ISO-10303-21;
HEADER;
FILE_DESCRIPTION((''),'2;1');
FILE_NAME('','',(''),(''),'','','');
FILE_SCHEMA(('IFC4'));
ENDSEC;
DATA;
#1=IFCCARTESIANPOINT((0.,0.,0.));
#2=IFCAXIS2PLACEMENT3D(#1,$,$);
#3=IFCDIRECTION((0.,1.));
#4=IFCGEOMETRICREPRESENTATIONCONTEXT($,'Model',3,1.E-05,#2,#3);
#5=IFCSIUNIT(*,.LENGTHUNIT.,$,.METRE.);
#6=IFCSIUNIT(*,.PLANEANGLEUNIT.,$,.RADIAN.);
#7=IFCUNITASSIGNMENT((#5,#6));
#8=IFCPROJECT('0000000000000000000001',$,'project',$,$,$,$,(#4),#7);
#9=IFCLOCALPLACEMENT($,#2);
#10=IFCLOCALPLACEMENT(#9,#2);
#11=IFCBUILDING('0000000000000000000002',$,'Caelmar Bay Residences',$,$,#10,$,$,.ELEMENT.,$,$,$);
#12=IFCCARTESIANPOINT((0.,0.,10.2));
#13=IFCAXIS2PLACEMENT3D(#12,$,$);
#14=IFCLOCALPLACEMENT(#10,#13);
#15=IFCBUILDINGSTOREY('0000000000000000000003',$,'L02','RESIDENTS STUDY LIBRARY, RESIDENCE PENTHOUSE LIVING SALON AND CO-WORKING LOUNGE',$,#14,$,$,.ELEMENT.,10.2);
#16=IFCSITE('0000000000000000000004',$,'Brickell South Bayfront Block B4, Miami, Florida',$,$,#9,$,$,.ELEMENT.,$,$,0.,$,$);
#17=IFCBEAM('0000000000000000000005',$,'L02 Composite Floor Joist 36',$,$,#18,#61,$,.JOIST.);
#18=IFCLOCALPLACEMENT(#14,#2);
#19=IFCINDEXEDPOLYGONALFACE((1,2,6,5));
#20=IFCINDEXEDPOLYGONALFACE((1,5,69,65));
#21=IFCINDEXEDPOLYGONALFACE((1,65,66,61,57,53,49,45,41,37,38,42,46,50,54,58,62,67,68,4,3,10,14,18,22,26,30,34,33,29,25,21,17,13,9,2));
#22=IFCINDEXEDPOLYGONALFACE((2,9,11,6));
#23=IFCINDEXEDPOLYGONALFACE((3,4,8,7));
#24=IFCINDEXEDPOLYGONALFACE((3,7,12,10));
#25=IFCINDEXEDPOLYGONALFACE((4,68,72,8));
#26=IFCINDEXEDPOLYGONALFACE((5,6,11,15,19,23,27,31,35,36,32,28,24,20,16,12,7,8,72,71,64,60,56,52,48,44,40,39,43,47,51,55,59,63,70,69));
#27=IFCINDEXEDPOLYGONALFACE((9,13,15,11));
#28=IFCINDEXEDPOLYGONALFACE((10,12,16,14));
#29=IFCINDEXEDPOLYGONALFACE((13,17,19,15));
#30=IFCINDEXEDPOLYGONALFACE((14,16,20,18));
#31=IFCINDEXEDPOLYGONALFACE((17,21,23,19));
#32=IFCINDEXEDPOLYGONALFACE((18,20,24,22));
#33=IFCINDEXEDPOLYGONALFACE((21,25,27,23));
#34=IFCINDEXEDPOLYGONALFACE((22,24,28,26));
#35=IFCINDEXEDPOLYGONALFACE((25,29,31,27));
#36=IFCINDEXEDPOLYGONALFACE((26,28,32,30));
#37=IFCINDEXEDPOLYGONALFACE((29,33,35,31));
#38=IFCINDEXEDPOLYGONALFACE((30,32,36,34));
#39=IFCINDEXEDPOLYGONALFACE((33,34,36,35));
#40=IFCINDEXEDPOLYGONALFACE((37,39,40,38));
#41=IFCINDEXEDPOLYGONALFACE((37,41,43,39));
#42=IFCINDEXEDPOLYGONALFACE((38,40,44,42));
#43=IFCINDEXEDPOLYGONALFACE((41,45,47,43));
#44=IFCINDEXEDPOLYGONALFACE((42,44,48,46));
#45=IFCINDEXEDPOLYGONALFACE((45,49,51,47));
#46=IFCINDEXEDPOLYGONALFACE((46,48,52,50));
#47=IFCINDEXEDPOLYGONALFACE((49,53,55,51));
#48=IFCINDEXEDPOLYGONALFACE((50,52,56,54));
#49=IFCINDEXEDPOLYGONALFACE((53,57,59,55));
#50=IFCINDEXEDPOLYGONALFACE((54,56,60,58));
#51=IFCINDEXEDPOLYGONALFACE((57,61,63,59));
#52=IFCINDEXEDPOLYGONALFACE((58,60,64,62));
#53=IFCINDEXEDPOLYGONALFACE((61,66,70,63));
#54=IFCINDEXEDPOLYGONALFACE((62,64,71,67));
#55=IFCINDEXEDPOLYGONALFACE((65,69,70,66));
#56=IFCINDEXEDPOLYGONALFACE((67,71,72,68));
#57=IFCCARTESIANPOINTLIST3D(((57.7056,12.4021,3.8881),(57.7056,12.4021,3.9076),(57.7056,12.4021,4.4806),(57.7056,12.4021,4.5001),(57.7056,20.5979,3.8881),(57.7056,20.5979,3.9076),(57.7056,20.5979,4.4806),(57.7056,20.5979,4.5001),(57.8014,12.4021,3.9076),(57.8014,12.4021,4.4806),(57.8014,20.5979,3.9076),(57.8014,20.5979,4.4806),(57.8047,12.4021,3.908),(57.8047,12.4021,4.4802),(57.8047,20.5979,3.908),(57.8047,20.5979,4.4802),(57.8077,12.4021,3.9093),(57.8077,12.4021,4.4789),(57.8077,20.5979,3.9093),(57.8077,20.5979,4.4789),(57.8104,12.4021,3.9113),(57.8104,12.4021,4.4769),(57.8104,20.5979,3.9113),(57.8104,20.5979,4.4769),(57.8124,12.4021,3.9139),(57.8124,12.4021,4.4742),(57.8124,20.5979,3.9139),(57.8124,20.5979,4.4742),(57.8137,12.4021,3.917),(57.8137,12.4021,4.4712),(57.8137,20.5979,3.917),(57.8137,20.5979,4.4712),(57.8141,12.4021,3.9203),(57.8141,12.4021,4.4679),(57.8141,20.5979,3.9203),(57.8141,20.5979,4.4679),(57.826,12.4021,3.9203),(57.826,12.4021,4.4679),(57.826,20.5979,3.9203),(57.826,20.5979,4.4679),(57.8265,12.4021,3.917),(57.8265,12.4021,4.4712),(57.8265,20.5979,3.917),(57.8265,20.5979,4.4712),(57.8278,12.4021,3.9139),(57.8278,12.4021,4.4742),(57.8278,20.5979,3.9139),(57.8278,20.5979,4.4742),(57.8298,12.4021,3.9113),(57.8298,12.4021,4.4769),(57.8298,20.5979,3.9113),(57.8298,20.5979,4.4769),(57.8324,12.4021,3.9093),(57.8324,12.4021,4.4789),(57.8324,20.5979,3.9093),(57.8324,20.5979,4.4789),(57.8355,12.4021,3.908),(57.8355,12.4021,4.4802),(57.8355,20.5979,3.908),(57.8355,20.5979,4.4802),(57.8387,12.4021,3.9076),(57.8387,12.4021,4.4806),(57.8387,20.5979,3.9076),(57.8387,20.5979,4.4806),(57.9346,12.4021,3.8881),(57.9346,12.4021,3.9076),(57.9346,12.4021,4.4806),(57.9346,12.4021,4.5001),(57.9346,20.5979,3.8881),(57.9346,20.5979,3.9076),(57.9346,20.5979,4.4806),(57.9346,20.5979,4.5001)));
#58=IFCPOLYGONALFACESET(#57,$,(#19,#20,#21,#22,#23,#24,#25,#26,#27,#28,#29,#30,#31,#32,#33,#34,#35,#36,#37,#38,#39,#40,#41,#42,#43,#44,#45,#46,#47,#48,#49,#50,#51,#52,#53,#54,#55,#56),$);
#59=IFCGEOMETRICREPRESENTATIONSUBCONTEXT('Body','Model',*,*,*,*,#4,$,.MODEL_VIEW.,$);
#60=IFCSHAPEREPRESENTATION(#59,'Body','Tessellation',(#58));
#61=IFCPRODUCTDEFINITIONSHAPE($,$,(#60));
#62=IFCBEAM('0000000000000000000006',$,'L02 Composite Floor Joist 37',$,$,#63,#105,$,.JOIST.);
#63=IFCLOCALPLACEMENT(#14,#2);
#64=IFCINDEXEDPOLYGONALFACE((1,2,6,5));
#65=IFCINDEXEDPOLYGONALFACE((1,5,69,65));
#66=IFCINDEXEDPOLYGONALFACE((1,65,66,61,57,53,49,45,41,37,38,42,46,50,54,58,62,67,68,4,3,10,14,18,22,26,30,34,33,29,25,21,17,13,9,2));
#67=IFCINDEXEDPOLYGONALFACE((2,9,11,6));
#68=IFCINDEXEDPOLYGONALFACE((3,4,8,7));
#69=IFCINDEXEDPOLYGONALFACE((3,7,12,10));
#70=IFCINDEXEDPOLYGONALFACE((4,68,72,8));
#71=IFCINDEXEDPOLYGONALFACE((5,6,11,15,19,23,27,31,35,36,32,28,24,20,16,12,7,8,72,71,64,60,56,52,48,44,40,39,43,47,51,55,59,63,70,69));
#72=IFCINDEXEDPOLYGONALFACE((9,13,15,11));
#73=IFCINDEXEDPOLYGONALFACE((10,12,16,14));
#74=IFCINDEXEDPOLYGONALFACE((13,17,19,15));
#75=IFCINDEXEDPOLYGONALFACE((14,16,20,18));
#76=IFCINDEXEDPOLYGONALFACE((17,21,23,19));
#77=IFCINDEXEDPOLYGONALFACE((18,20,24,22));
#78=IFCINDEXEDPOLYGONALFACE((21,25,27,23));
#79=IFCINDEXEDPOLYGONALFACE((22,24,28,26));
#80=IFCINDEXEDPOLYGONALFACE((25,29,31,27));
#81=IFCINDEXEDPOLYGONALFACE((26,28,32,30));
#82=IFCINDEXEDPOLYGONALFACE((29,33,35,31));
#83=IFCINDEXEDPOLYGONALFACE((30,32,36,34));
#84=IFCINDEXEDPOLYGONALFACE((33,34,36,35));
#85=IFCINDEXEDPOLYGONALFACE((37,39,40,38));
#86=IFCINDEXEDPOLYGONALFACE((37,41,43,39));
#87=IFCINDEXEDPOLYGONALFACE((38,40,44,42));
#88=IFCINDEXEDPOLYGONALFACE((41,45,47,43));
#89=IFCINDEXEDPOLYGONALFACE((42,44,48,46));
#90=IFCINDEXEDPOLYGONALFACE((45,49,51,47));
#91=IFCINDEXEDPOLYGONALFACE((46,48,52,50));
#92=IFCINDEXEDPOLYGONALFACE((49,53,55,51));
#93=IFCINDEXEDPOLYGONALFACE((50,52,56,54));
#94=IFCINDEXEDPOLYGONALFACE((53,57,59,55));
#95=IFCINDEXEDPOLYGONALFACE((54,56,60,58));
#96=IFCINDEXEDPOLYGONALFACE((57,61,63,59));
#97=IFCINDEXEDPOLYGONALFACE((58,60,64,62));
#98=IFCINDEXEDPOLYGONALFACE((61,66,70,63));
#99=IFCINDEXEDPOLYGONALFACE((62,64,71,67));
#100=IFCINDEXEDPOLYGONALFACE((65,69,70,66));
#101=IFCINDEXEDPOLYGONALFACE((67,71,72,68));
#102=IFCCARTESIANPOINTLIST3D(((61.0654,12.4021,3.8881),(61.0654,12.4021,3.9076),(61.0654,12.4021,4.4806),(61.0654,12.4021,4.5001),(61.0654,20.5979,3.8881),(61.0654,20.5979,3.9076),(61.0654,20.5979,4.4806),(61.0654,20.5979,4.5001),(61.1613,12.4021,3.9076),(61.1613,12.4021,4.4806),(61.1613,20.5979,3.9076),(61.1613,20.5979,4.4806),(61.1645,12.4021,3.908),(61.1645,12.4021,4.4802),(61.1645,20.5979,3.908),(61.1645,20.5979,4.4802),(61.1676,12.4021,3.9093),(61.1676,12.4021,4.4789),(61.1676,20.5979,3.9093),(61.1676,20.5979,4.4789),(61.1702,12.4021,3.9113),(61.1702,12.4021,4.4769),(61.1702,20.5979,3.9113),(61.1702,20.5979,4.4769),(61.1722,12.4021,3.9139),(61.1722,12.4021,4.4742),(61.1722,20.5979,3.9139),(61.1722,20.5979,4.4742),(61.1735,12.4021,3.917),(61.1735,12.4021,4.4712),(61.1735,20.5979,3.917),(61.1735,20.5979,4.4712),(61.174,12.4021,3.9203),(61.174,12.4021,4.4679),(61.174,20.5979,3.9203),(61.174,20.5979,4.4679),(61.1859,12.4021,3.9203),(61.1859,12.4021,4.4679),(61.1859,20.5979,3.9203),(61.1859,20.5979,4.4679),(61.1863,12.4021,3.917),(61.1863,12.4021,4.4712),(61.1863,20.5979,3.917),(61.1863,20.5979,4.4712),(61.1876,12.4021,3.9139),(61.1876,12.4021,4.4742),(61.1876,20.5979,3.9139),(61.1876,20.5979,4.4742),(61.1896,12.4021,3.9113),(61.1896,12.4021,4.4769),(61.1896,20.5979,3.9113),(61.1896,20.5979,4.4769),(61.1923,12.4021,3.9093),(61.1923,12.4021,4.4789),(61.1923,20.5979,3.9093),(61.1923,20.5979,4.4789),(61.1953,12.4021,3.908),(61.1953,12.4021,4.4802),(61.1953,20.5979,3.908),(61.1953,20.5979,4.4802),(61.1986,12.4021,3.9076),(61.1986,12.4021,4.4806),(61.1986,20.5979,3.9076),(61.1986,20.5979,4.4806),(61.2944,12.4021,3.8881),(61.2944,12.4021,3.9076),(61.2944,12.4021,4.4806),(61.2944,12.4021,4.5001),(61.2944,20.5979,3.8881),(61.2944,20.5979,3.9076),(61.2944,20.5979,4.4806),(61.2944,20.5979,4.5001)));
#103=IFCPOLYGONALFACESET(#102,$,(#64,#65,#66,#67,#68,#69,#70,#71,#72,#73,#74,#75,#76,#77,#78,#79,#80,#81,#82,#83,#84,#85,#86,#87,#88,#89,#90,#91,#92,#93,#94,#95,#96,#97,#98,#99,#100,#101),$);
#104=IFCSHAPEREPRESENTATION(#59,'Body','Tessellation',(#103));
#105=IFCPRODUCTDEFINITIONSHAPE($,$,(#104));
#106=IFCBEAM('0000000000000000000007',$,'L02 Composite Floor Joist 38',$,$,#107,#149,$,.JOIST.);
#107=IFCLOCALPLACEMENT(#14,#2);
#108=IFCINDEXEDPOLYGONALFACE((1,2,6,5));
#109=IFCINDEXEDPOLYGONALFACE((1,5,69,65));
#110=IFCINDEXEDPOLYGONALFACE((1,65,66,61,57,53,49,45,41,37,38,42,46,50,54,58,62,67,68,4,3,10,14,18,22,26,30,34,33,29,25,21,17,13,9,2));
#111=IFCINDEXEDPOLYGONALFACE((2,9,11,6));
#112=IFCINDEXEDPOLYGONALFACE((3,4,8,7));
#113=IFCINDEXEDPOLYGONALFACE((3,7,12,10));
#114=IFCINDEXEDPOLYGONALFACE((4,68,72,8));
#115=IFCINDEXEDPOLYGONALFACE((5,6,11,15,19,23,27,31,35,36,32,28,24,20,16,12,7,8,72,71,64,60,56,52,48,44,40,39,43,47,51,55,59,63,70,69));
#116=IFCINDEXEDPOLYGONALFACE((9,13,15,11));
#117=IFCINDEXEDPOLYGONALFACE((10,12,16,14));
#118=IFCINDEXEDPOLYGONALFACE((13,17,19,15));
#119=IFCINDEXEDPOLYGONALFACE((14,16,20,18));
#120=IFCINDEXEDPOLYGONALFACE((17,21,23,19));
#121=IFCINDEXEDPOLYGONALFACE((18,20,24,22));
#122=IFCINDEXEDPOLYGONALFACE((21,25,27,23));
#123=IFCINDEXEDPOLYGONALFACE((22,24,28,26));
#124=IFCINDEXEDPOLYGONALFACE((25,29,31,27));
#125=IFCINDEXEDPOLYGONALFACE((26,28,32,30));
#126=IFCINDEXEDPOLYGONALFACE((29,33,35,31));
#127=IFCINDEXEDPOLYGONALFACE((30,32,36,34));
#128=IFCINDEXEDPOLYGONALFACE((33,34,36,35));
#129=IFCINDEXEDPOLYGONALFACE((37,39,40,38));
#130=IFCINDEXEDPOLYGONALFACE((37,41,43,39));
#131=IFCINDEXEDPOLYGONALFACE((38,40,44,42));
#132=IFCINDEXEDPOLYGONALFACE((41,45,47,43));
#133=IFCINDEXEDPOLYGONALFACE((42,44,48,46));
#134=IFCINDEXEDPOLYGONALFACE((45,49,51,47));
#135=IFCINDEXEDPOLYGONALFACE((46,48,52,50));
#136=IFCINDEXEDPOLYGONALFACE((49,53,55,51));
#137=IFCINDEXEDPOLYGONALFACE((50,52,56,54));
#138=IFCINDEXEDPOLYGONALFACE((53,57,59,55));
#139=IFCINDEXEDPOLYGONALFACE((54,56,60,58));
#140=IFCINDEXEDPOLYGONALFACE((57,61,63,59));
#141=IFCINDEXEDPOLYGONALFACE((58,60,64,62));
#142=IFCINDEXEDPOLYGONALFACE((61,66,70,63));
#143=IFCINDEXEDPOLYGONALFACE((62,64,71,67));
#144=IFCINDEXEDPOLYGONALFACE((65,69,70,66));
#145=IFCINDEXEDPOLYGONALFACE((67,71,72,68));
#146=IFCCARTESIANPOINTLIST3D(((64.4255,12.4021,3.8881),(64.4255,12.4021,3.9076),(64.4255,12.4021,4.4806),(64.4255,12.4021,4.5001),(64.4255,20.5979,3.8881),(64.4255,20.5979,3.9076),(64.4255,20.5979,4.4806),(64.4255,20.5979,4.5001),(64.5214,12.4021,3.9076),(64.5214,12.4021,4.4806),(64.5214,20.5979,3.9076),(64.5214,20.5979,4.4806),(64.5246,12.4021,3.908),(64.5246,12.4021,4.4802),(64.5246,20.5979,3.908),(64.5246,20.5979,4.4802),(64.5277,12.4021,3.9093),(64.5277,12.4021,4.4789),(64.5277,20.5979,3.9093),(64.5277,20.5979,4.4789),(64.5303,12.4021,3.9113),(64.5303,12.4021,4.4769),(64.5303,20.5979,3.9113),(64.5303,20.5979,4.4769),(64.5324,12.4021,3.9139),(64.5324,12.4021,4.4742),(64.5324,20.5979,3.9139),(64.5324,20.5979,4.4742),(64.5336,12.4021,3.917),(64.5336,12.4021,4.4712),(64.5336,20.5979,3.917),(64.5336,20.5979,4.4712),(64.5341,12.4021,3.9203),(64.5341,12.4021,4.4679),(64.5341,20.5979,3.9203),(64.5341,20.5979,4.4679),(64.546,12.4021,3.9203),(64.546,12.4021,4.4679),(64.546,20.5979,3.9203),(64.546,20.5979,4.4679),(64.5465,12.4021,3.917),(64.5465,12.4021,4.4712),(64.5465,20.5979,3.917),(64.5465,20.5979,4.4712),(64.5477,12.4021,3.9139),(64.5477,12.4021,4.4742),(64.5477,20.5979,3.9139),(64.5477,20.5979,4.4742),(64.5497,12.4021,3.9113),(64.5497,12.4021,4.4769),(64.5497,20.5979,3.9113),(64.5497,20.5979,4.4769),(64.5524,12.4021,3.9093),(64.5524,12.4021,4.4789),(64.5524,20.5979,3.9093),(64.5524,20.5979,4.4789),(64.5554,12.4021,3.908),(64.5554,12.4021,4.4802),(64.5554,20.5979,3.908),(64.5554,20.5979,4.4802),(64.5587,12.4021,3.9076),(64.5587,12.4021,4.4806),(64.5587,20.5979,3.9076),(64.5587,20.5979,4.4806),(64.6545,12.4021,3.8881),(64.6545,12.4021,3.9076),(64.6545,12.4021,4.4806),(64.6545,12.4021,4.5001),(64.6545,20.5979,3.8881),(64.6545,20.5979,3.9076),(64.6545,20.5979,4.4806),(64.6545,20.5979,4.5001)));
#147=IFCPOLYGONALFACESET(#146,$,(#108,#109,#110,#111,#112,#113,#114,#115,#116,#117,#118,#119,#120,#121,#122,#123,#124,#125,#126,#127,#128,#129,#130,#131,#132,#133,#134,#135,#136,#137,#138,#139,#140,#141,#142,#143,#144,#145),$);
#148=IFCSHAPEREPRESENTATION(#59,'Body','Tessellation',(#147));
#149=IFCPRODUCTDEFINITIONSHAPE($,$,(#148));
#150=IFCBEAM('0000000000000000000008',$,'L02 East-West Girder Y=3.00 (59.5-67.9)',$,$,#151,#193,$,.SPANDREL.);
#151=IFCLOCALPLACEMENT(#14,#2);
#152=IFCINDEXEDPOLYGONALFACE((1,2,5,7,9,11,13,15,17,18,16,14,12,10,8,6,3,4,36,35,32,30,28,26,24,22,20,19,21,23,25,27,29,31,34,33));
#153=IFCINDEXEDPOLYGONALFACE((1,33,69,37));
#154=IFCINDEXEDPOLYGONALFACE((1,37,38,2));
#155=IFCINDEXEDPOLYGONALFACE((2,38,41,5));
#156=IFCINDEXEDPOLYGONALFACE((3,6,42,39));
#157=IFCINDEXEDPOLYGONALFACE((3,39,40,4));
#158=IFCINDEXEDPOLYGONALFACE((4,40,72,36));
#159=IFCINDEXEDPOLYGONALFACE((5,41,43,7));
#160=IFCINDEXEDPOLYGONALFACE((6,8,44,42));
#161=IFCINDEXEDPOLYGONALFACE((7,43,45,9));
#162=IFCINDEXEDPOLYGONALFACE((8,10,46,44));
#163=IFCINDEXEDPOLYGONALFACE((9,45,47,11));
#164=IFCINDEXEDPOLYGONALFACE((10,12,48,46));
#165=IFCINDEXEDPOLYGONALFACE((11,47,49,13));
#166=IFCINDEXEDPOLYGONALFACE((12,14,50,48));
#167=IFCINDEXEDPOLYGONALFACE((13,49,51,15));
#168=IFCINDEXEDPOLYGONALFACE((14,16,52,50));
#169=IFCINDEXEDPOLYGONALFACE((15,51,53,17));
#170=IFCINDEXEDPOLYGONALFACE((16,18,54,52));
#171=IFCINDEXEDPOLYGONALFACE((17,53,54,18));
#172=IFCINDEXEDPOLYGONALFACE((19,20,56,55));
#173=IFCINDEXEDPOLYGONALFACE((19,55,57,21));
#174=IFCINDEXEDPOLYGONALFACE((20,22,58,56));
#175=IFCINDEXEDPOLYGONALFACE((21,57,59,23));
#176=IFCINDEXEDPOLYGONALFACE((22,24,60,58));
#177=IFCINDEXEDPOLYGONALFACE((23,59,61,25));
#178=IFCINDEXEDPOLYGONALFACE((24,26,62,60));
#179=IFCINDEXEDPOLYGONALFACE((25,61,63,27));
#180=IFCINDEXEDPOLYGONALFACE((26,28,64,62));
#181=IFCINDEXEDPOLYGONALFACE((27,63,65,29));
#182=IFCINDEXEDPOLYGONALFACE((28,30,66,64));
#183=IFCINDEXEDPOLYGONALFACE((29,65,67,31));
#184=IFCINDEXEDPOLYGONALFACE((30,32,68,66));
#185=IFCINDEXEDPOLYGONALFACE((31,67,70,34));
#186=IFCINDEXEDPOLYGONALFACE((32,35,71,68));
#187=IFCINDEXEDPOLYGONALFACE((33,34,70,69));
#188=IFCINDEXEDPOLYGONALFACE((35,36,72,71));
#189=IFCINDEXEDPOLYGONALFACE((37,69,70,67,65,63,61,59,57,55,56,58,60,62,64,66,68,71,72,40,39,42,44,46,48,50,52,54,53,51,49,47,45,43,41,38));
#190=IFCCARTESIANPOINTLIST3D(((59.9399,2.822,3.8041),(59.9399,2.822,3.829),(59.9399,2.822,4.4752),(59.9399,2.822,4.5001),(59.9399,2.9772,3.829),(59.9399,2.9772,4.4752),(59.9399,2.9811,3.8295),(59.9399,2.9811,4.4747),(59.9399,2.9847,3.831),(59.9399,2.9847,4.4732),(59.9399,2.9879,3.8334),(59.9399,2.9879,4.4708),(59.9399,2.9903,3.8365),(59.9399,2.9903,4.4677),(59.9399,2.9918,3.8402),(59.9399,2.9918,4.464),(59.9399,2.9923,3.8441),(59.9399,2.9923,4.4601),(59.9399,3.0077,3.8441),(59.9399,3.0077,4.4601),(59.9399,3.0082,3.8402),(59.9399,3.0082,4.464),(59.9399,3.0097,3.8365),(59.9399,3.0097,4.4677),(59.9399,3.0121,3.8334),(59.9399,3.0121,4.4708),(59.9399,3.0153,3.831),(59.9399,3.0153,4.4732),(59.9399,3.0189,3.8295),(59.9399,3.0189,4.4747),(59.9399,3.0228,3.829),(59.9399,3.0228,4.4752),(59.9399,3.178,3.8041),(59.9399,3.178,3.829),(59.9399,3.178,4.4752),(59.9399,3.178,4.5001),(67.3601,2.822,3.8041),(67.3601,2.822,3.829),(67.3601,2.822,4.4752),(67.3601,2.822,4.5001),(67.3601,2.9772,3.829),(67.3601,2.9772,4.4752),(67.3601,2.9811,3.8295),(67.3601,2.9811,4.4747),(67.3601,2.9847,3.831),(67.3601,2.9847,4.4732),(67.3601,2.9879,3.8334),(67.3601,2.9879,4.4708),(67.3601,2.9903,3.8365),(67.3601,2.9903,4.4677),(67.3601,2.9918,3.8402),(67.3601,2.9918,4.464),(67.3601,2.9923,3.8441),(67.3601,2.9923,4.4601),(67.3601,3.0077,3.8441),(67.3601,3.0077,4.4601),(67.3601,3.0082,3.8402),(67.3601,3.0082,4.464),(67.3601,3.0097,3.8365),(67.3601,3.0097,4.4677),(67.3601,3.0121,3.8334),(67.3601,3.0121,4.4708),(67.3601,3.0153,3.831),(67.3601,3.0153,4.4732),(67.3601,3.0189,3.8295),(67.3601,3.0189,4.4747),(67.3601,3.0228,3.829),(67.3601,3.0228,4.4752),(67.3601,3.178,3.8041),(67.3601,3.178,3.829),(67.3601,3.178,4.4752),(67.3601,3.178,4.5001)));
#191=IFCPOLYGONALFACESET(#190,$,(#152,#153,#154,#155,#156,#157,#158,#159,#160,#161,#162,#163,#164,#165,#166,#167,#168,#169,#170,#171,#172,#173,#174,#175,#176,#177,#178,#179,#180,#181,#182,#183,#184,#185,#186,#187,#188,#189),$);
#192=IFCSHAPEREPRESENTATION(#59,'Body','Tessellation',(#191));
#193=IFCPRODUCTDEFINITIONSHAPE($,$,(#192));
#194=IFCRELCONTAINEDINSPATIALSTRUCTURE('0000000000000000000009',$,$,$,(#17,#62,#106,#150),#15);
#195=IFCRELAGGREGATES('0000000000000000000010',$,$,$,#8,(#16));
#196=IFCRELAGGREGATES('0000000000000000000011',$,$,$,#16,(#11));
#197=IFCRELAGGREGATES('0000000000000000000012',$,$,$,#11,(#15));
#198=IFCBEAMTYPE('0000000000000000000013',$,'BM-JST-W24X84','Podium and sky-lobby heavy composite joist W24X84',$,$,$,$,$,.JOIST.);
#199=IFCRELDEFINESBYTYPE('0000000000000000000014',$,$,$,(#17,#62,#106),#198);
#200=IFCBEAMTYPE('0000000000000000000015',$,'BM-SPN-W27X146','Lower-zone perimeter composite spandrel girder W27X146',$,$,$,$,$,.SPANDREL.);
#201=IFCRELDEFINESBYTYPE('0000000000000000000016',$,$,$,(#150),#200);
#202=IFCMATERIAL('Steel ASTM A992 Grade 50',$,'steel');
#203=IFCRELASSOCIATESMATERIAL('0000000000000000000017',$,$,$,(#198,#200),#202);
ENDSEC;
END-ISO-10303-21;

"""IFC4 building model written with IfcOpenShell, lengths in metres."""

from ifc_helpers import new_model, si_unit, direction, frame, origin, origin_2d, place, context, subcontext, project, spatial, i_section, extrude, material, material_profile, profile_set, type_object, element, save


model = new_model("IFC4")

# Units and contexts
model_context = context("Model", 3, precision=1e-05, world=origin(), true_north=direction((0.0, 1.0)))
body_context = subcontext(model_context, "Body", "Model", "MODEL_VIEW")
ifc_project = project(units=[si_unit("LENGTHUNIT", "METRE"), si_unit("PLANEANGLEUNIT", "RADIAN")], contexts=[model_context])

# Site, building, storey
site_placement = place(None, origin())
site = spatial("IfcSite", under=ifc_project, at=site_placement, Name="Brickell South Bayfront Block B4, Miami, Florida", CompositionType="ELEMENT", RefElevation=0.0)
building_placement = place(site_placement, origin())
building = spatial("IfcBuilding", under=site, at=building_placement, Name="Caelmar Bay Residences", CompositionType="ELEMENT")
storey_placement = place(building_placement, frame((0.0, 0.0, 10.2)))
storey = spatial("IfcBuildingStorey", under=building, at=storey_placement, Name="L02", Description="RESIDENTS STUDY LIBRARY, RESIDENCE PENTHOUSE LIVING SALON AND CO-WORKING LOUNGE", CompositionType="ELEMENT", Elevation=10.2)

# Beams
ifc_material_1 = material(Name="Steel ASTM A992 Grade 50", Category="steel")
ifc_material_profile_1 = material_profile(ifc_material_1, i_section(OverallWidth=0.229, OverallDepth=0.6121, WebThickness=0.012, FlangeThickness=0.0195, FilletRadius=0.0127, at=origin_2d()), Name="W24X84")
ifc_profile_set_1 = profile_set([ifc_material_profile_1], Name="Steel ASTM A992 Grade 50")
beam_type_1 = type_object("IfcBeamType", Name="BM-JST-W24X84", Description="Podium and sky-lobby heavy composite joist W24X84", PredefinedType="JOIST", material=ifc_profile_set_1)
for number, where, z_axis, x_axis, name in (
    (1, (57.8201, 12.4021, 4.1941), (0.0, 1.0, 0.0), (-1.0, 0.0, 0.0), "L02 Composite Floor Joist 36"),
    (2, (61.1799, 12.4021, 4.1941), (0.0, 1.0, 0.0), (-1.0, 0.0, 0.0), "L02 Composite Floor Joist 37"),
    (3, (64.54, 12.4021, 4.1941), (0.0, 1.0, 0.0), (-1.0, 0.0, 0.0), "L02 Composite Floor Joist 38"),
):
    element("IfcBeam", number, at=place(storey_placement, frame(where, z_axis=z_axis, x_axis=x_axis)), inside=storey, type_object=beam_type_1, Name=name, PredefinedType="JOIST", context=body_context, shape_type="SweptSolid", body=[
        extrude(i_section(OverallWidth=0.229, OverallDepth=0.6121, WebThickness=0.012, FlangeThickness=0.0195, FilletRadius=0.0127, at=origin_2d()), origin(), (0.0, 0.0, 1.0), 8.1958),
    ])
ifc_material_profile_2 = material_profile(ifc_material_1, i_section(OverallWidth=0.356, OverallDepth=0.696, WebThickness=0.0154, FlangeThickness=0.0249, FilletRadius=0.0151, at=origin_2d()), Name="W27X146")
ifc_profile_set_2 = profile_set([ifc_material_profile_2], Name="Steel ASTM A992 Grade 50")
beam_type_2 = type_object("IfcBeamType", Name="BM-SPN-W27X146", Description="Lower-zone perimeter composite spandrel girder W27X146", PredefinedType="SPANDREL", material=ifc_profile_set_2)
beam_1_placement = place(storey_placement, frame((59.9399, 3.0, 4.1521), z_axis=(1.0, 0.0, 0.0), x_axis=(0.0, 1.0, 0.0)))
element("IfcBeam", 4, at=beam_1_placement, inside=storey, type_object=beam_type_2, Name="L02 East-West Girder Y=3.00 (59.5-67.9)", PredefinedType="SPANDREL", context=body_context, shape_type="SweptSolid", body=[
    extrude(i_section(OverallWidth=0.356, OverallDepth=0.696, WebThickness=0.0154, FlangeThickness=0.0249, FilletRadius=0.0151, at=origin_2d()), origin(), (0.0, 0.0, 1.0), 7.4202),
])

save(model, "model.ifc")
